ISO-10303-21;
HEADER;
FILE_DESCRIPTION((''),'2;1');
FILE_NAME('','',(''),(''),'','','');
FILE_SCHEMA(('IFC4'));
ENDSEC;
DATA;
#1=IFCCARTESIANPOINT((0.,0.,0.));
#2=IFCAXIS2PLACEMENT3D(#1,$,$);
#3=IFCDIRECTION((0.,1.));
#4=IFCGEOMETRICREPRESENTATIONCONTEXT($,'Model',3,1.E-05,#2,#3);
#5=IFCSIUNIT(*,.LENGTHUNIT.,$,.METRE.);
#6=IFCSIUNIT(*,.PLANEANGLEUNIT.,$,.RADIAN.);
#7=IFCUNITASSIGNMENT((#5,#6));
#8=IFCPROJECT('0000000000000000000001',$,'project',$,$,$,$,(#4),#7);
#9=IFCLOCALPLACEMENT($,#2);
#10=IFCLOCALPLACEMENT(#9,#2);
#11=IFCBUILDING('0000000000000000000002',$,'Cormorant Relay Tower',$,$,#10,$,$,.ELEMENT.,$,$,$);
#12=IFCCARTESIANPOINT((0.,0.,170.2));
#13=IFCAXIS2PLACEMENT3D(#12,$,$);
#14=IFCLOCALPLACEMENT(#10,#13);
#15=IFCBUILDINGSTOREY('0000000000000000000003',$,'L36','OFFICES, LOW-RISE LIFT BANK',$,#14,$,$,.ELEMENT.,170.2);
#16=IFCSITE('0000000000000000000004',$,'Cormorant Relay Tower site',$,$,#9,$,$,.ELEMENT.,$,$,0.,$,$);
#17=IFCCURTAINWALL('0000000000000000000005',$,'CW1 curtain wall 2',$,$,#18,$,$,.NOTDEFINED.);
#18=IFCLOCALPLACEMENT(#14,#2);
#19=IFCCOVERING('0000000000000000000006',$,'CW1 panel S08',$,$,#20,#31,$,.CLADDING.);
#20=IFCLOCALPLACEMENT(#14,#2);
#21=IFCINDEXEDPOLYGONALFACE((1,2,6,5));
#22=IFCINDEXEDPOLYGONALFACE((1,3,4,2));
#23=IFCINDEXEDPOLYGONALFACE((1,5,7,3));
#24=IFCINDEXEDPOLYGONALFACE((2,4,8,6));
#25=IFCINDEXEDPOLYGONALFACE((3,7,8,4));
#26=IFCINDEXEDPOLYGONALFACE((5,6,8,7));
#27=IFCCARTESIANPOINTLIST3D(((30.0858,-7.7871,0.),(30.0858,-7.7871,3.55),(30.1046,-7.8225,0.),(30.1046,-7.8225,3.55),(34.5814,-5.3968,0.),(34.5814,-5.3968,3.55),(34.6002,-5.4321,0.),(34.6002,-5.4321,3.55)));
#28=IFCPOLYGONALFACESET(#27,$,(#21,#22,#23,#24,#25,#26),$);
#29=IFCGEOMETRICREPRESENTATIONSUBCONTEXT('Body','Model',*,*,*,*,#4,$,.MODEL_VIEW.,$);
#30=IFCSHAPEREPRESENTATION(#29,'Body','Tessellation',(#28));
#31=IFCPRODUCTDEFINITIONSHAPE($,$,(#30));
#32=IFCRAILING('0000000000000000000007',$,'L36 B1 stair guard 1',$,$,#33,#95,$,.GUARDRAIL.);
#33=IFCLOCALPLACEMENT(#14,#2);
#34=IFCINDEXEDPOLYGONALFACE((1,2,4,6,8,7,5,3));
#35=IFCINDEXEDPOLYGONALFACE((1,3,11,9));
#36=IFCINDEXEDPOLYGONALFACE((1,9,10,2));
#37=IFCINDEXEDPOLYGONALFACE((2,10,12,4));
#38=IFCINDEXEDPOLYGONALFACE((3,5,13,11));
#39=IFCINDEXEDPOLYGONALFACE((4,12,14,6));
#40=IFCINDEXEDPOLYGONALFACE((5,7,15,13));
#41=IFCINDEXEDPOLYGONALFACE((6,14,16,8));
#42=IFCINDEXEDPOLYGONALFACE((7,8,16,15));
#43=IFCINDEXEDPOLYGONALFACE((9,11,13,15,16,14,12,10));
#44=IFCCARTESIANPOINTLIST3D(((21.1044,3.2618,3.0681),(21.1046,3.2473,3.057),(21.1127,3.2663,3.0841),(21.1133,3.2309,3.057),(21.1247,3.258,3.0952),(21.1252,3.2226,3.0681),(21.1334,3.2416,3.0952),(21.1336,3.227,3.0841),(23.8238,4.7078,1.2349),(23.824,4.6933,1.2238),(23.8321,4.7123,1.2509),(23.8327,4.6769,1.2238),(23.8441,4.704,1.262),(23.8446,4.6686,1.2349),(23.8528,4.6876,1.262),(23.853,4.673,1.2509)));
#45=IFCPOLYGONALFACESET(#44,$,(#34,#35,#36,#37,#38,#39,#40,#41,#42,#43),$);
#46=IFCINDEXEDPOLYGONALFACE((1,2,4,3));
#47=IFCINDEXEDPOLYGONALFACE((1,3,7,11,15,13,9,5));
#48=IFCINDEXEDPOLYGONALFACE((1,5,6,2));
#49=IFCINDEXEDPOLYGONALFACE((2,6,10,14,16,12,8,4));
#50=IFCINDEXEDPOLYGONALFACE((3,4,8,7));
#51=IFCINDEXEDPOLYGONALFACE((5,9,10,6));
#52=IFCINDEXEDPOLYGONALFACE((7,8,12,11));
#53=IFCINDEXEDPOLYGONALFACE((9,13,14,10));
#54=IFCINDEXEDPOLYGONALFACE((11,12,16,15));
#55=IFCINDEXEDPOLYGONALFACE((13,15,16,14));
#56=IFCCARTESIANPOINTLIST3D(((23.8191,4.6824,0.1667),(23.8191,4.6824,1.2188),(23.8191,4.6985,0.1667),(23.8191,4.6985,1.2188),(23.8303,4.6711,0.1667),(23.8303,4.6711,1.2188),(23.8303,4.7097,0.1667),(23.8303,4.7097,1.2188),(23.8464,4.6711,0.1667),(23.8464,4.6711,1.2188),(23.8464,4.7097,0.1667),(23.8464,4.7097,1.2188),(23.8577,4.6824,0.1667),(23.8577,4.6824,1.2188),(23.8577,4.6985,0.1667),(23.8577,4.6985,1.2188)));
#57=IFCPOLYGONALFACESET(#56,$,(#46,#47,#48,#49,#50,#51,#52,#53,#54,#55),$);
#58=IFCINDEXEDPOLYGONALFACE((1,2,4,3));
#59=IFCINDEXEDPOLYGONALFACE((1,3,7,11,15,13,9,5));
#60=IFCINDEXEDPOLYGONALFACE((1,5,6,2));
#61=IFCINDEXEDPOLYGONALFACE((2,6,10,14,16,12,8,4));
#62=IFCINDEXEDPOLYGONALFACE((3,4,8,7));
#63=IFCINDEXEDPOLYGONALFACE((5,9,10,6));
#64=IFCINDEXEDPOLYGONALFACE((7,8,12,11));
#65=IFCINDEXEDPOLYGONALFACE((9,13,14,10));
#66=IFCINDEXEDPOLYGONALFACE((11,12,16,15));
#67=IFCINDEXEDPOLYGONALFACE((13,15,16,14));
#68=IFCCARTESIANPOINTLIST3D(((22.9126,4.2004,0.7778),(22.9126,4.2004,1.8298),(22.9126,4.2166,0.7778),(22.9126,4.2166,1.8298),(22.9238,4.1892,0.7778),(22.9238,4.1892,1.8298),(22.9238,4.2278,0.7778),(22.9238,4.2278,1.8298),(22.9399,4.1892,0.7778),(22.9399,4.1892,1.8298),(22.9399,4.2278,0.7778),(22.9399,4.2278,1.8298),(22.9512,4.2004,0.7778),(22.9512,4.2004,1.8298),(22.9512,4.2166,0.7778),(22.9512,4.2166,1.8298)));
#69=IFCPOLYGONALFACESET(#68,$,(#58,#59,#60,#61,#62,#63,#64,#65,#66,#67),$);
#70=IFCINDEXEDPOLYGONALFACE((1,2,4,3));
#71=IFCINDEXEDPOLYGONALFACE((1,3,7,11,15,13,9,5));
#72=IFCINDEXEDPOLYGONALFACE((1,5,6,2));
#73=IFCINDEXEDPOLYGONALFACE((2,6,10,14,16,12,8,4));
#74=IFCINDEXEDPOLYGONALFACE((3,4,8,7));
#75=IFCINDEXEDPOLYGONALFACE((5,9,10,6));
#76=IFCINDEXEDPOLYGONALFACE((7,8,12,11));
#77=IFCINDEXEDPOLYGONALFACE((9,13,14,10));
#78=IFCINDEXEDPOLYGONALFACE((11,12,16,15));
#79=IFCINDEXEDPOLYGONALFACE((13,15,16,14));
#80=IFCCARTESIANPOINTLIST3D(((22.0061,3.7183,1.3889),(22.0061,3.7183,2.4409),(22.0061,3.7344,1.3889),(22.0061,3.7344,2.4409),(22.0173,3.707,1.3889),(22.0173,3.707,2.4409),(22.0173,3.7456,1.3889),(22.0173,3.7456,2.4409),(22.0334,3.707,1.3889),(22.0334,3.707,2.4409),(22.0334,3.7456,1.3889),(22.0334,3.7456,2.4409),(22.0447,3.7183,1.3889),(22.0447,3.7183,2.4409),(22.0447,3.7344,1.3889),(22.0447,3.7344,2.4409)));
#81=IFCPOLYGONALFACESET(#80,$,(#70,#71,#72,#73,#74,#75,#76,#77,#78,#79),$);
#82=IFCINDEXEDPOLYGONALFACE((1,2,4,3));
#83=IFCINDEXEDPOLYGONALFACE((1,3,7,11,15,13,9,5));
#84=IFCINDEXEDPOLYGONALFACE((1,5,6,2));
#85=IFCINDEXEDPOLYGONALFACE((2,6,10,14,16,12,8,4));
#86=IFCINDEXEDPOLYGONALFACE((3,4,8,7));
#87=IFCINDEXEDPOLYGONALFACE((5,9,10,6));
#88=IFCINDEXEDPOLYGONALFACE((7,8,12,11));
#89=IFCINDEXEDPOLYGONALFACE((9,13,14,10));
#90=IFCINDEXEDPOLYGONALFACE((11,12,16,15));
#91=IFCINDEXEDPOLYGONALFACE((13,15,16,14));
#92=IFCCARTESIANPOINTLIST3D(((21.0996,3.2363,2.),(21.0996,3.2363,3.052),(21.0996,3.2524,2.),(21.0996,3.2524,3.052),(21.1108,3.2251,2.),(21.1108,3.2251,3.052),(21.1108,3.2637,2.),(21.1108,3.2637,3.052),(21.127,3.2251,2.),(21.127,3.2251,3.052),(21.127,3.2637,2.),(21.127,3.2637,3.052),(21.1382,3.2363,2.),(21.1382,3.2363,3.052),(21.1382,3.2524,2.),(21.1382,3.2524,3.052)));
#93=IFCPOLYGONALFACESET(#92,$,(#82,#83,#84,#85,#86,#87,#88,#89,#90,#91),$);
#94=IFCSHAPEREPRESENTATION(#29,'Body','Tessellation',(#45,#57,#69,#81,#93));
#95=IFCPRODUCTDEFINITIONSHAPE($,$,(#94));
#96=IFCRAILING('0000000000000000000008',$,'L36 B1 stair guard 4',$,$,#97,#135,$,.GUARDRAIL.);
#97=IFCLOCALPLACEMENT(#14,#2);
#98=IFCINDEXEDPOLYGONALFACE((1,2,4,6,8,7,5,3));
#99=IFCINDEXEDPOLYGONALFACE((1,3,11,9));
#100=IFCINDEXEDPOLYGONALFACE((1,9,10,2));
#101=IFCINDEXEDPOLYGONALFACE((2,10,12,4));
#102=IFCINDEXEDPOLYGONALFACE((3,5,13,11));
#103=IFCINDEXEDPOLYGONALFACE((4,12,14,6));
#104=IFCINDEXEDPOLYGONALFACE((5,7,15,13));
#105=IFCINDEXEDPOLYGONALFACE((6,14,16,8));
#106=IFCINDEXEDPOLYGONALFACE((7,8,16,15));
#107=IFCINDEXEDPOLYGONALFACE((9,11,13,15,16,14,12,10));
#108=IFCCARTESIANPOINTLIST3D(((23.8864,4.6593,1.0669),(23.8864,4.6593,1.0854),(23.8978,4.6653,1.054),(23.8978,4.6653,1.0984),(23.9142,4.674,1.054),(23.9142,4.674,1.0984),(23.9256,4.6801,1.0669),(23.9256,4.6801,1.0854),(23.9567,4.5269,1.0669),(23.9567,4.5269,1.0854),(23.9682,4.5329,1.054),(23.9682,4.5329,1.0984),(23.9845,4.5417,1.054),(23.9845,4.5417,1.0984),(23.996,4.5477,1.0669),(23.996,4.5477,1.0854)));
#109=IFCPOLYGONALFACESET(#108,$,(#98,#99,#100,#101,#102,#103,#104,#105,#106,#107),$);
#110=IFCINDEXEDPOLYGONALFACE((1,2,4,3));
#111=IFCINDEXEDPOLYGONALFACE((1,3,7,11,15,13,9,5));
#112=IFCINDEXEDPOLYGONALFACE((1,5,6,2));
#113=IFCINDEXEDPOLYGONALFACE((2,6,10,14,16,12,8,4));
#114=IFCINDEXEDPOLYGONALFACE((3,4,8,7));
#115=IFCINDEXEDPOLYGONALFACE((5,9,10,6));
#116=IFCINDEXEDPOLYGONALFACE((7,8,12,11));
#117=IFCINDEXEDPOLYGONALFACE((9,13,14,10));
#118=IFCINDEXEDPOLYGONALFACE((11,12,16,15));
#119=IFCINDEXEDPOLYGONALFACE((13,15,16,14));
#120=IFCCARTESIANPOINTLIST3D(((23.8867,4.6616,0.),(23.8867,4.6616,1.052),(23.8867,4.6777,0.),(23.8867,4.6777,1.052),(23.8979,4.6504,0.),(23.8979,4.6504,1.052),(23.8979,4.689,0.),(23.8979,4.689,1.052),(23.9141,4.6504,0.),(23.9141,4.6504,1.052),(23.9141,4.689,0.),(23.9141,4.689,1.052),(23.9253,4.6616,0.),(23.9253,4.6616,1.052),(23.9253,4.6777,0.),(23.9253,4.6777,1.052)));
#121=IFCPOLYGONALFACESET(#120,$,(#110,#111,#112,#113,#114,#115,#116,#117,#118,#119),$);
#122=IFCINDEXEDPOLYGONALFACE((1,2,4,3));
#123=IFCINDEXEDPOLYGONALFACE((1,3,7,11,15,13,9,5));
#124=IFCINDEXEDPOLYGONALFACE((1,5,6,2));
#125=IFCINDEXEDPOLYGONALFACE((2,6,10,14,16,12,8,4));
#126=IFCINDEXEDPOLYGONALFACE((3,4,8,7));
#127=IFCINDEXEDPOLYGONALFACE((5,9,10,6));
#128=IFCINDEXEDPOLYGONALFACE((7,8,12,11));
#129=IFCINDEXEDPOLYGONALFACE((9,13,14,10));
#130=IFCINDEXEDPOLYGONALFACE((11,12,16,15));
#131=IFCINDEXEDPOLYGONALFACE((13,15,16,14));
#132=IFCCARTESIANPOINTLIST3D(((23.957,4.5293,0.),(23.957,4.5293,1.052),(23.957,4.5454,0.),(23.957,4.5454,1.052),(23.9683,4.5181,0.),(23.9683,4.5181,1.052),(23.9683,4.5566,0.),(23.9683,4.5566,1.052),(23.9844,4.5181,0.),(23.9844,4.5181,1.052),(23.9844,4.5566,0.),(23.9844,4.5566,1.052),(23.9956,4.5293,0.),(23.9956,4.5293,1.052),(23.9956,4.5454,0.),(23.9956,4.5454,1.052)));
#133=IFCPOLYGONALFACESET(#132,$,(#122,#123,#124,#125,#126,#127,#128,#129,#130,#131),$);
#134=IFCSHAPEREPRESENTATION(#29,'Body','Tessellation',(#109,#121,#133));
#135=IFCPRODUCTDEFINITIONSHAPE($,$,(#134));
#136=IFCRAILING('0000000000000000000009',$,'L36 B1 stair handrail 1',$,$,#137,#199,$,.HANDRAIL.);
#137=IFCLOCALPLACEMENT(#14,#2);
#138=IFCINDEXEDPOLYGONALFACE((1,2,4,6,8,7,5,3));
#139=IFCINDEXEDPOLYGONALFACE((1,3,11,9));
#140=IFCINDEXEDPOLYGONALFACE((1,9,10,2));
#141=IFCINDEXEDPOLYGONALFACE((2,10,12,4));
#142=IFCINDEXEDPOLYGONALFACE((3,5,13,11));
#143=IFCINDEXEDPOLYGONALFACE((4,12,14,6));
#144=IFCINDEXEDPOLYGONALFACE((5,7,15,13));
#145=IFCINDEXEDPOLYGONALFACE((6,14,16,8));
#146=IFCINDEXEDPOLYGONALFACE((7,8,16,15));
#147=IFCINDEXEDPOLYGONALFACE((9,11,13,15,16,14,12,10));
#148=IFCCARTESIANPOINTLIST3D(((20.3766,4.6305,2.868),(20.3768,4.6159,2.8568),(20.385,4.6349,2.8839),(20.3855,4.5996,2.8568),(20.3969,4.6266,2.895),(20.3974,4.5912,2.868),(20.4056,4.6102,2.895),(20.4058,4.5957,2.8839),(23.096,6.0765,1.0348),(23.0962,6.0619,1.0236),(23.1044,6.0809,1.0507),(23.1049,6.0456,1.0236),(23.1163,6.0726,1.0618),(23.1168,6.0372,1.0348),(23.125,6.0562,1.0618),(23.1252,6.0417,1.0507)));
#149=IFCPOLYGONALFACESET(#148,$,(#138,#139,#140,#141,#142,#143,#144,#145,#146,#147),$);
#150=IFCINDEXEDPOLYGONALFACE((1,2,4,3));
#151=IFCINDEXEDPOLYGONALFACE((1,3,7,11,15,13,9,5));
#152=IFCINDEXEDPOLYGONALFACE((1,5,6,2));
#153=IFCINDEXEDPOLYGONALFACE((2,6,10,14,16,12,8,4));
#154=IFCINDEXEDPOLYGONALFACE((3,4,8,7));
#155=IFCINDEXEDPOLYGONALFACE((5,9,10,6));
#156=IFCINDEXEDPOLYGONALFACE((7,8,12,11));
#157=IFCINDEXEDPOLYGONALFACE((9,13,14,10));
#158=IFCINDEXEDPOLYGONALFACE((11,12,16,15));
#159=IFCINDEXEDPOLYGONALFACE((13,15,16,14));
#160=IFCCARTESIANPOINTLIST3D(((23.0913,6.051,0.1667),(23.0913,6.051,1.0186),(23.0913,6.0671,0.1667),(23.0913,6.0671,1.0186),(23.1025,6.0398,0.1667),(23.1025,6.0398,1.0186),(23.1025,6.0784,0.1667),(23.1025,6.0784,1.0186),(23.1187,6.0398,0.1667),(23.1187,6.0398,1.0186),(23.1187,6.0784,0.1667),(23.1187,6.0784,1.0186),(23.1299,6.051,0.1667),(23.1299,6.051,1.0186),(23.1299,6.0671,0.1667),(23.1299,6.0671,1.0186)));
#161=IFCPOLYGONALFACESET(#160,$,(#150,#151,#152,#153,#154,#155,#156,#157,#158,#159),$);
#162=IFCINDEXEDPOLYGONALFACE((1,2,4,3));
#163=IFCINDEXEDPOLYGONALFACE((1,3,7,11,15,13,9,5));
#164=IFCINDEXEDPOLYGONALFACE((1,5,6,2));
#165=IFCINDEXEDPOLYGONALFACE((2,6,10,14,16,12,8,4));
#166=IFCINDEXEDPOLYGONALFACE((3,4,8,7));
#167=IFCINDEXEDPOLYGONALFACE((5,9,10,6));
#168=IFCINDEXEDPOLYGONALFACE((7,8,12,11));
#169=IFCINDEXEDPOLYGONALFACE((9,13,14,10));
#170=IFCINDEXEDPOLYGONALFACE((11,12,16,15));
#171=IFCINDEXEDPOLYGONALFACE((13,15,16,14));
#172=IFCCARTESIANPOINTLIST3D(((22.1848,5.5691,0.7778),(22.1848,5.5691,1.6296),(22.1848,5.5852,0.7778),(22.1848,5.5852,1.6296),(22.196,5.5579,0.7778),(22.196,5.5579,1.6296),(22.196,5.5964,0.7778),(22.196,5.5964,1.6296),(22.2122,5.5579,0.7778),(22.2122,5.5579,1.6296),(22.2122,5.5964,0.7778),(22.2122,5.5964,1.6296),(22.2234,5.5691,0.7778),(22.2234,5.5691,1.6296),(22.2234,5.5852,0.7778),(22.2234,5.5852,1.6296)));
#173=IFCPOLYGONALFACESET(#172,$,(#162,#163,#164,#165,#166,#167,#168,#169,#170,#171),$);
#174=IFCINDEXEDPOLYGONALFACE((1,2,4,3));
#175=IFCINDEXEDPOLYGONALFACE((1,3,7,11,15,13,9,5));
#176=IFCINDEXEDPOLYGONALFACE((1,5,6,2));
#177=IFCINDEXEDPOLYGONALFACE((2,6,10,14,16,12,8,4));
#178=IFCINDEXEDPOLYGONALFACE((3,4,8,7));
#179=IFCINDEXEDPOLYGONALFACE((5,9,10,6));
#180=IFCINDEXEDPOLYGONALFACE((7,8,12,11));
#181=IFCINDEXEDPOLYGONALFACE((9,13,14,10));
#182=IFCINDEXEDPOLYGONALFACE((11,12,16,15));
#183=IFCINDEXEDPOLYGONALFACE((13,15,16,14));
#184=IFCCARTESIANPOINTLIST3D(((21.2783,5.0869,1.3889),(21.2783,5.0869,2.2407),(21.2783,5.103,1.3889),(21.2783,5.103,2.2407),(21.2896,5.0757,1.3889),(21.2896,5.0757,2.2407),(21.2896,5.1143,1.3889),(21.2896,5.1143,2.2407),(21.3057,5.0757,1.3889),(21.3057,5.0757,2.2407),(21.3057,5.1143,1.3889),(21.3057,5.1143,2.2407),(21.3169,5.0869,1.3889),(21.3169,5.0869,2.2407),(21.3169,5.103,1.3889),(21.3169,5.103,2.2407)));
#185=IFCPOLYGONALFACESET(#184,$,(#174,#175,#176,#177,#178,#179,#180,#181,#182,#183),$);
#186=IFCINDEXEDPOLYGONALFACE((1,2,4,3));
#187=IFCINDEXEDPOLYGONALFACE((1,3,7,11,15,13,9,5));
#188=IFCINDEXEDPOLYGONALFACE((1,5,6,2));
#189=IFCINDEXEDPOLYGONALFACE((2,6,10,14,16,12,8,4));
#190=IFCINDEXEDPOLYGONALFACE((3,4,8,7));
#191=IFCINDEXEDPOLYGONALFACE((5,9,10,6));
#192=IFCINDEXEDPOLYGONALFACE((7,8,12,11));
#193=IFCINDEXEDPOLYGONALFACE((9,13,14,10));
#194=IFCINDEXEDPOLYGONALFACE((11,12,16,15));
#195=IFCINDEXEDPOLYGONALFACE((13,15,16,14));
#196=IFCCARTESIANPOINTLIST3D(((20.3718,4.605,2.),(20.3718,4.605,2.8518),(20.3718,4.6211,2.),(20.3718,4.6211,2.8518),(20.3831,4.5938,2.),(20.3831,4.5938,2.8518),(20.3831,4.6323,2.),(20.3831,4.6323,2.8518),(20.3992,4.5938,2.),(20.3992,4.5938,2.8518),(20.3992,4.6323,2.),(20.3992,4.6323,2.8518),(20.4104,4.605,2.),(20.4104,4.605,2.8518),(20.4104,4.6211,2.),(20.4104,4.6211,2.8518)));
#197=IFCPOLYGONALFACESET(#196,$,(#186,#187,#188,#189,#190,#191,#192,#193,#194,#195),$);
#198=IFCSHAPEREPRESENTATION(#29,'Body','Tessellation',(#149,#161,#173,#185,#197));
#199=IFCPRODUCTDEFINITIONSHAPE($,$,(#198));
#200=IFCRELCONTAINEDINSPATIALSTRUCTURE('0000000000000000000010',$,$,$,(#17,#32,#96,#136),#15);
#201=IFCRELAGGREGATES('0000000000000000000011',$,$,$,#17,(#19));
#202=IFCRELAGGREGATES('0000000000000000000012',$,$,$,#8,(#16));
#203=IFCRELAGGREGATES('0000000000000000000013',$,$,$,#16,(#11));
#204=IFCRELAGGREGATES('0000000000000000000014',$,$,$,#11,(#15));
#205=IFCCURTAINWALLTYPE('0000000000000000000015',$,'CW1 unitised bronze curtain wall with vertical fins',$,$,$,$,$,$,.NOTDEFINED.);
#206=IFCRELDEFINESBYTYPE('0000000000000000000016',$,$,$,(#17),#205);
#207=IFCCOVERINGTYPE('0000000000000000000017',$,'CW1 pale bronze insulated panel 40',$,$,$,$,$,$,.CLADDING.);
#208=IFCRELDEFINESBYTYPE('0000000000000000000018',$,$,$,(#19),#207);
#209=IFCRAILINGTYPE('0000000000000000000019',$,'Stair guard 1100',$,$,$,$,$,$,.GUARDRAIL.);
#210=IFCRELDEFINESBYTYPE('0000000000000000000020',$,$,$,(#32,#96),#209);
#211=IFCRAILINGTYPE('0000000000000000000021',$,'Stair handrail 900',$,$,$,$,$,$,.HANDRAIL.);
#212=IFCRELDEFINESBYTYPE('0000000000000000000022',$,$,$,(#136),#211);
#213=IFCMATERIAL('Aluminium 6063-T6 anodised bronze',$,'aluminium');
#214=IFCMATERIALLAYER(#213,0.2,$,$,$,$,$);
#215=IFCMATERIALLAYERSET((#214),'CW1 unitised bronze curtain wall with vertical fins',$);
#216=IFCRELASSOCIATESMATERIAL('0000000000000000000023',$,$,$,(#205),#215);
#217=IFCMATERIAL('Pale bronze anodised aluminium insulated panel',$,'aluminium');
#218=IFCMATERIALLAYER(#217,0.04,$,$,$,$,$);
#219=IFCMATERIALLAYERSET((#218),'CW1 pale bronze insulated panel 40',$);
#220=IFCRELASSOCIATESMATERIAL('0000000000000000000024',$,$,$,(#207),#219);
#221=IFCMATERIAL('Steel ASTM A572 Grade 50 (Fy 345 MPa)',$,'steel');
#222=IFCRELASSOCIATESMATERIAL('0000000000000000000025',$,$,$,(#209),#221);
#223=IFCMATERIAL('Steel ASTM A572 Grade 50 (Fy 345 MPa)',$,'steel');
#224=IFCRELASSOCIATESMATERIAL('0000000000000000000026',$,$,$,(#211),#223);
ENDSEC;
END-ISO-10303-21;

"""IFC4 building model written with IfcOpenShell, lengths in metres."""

from ifc_helpers import new_model, si_unit, direction, frame, origin, origin_2d, place, context, subcontext, project, spatial, polyline, rectangle, outline, extrude, material, layer, layer_set, type_object, element, aggregate, save


model = new_model("IFC4")

# Units and contexts
model_context = context("Model", 3, precision=1e-05, world=origin(), true_north=direction((0.0, 1.0)))
body_context = subcontext(model_context, "Body", "Model", "MODEL_VIEW")
ifc_project = project(units=[si_unit("LENGTHUNIT", "METRE"), si_unit("PLANEANGLEUNIT", "RADIAN")], contexts=[model_context])

# Site, building, storey
site_placement = place(None, origin())
site = spatial("IfcSite", under=ifc_project, at=site_placement, Name="Cormorant Relay Tower site", CompositionType="ELEMENT", RefElevation=0.0)
building_placement = place(site_placement, origin())
building = spatial("IfcBuilding", under=site, at=building_placement, Name="Cormorant Relay Tower", CompositionType="ELEMENT")
storey_placement = place(building_placement, frame((0.0, 0.0, 170.2)))
storey = spatial("IfcBuildingStorey", under=building, at=storey_placement, Name="L36", Description="OFFICES, LOW-RISE LIFT BANK", CompositionType="ELEMENT", Elevation=170.2)

# Curtain wall
ifc_material_1 = material(Name="Aluminium 6063-T6 anodised bronze", Category="aluminium")
ifc_layer_1 = layer(ifc_material_1, 0.2)
ifc_layer_set_1 = layer_set([ifc_layer_1], Name="CW1 unitised bronze curtain wall with vertical fins")
curtain_wall_type = type_object("IfcCurtainWallType", Name="CW1 unitised bronze curtain wall with vertical fins", PredefinedType="NOTDEFINED", material=ifc_layer_set_1)
curtain_wall_placement = place(storey_placement, origin())
curtain_wall = element("IfcCurtainWall", 1, at=curtain_wall_placement, inside=storey, type_object=curtain_wall_type, Name="CW1 curtain wall 2", PredefinedType="NOTDEFINED")

# Covering
ifc_material_2 = material(Name="Pale bronze anodised aluminium insulated panel", Category="aluminium")
ifc_layer_2 = layer(ifc_material_2, 0.04)
ifc_layer_set_2 = layer_set([ifc_layer_2], Name="CW1 pale bronze insulated panel 40")
covering_type = type_object("IfcCoveringType", Name="CW1 pale bronze insulated panel 40", PredefinedType="CLADDING", material=ifc_layer_set_2)
covering_placement = place(storey_placement, frame((32.343, -6.6096, 0.0), z_axis=(0.0, 0.0, 1.0), x_axis=(0.882948, 0.469472, 0.0)))
covering = element("IfcCovering", 2, at=covering_placement, type_object=covering_type, Name="CW1 panel S08", PredefinedType="CLADDING", context=body_context, shape_type="SweptSolid", body=[
    extrude(rectangle(XDim=5.0916, YDim=0.04, at=origin_2d()), origin(), (0.0, 0.0, 1.0), 3.55),
])
aggregate(curtain_wall, [covering])

# Railings
ifc_material_3 = material(Name="Steel ASTM A572 Grade 50 (Fy 345 MPa)", Category="steel")
railing_type_1 = type_object("IfcRailingType", Name="Stair guard 1100", PredefinedType="GUARDRAIL", material=ifc_material_3)
railing_1_placement = place(storey_placement, frame((23.8384, 4.6904, 0.1667)))
element("IfcRailing", 3, at=railing_1_placement, inside=storey, type_object=railing_type_1, Name="L36 B1 stair guard 1", PredefinedType="GUARDRAIL", context=body_context, shape_type="SweptSolid", body=[
    extrude(outline(polyline([(0.0222, 0.0093), (0.0093, 0.0222), (-0.0093, 0.0222), (-0.0222, 0.0093), (-0.0222, -0.0093), (-0.0093, -0.0222), (0.0093, -0.0222), (0.0222, -0.0093), (0.0222, 0.0093)])), frame((0.0, 0.0, 1.0762), z_axis=(-0.758714, -0.403435, 0.511463), x_axis=(0.469489, -0.882938, 0.0)), (0.0, 0.0, 1.0), 3.5842),
    extrude(outline(polyline([(0.0193, 0.0081), (0.0081, 0.0193), (-0.0081, 0.0193), (-0.0193, 0.0081), (-0.0193, -0.0081), (-0.0081, -0.0193), (0.0081, -0.0193), (0.0193, -0.0081), (0.0193, 0.0081)])), origin(), (0.0, 0.0, 1.0), 1.052),
    extrude(outline(polyline([(0.0193, 0.0081), (0.0081, 0.0193), (-0.0081, 0.0193), (-0.0193, 0.0081), (-0.0193, -0.0081), (-0.0081, -0.0193), (0.0081, -0.0193), (0.0193, -0.0081), (0.0193, 0.0081)])), frame((-0.9065, -0.4819, 0.6111)), (0.0, 0.0, 1.0), 1.052),
    extrude(outline(polyline([(0.0193, 0.0081), (0.0081, 0.0193), (-0.0081, 0.0193), (-0.0193, 0.0081), (-0.0193, -0.0081), (-0.0081, -0.0193), (0.0081, -0.0193), (0.0193, -0.0081), (0.0193, 0.0081)])), frame((-1.813, -0.9641, 1.2222)), (0.0, 0.0, 1.0), 1.052),
    extrude(outline(polyline([(0.0193, 0.0081), (0.0081, 0.0193), (-0.0081, 0.0193), (-0.0193, 0.0081), (-0.0193, -0.0081), (-0.0081, -0.0193), (0.0081, -0.0193), (0.0193, -0.0081), (0.0193, 0.0081)])), frame((-2.7195, -1.446, 1.8333)), (0.0, 0.0, 1.0), 1.052),
])
railing_2_placement = place(storey_placement, frame((23.906, 4.6697, 0.0)))
element("IfcRailing", 4, at=railing_2_placement, inside=storey, type_object=railing_type_1, Name="L36 B1 stair guard 4", PredefinedType="GUARDRAIL", context=body_context, shape_type="SweptSolid", body=[
    extrude(outline(polyline([(0.0222, 0.0093), (0.0093, 0.0222), (-0.0093, 0.0222), (-0.0222, 0.0093), (-0.0222, -0.0093), (-0.0093, -0.0222), (0.0093, -0.0222), (0.0222, -0.0093), (0.0222, 0.0093)])), frame((0.0, 0.0, 1.0762), z_axis=(0.469235, -0.883074, 0.0), x_axis=(0.883074, 0.469235, 0.0)), (0.0, 0.0, 1.0), 0.1499),
    extrude(outline(polyline([(0.0193, 0.0081), (0.0081, 0.0193), (-0.0081, 0.0193), (-0.0193, 0.0081), (-0.0193, -0.0081), (-0.0081, -0.0193), (0.0081, -0.0193), (0.0193, -0.0081), (0.0193, 0.0081)])), origin(), (0.0, 0.0, 1.0), 1.052),
    extrude(outline(polyline([(0.0193, 0.0081), (0.0081, 0.0193), (-0.0081, 0.0193), (-0.0193, 0.0081), (-0.0193, -0.0081), (-0.0081, -0.0193), (0.0081, -0.0193), (0.0193, -0.0081), (0.0193, 0.0081)])), frame((0.0703, -0.1323, 0.0)), (0.0, 0.0, 1.0), 1.052),
])
ifc_material_4 = material(Name="Steel ASTM A572 Grade 50 (Fy 345 MPa)", Category="steel")
railing_type_2 = type_object("IfcRailingType", Name="Stair handrail 900", PredefinedType="HANDRAIL", material=ifc_material_4)
railing_3_placement = place(storey_placement, frame((23.1106, 6.0591, 0.1667)))
element("IfcRailing", 5, at=railing_3_placement, inside=storey, type_object=railing_type_2, Name="L36 B1 stair handrail 1", PredefinedType="HANDRAIL", context=body_context, shape_type="SweptSolid", body=[
    extrude(outline(polyline([(0.0222, 0.0093), (0.0093, 0.0222), (-0.0093, 0.0222), (-0.0222, 0.0093), (-0.0222, -0.0093), (-0.0093, -0.0222), (0.0093, -0.0222), (0.0222, -0.0093), (0.0222, 0.0093)])), frame((0.0, 0.0, 0.876), z_axis=(-0.758714, -0.403435, 0.511463), x_axis=(0.469489, -0.882938, 0.0)), (0.0, 0.0, 1.0), 3.5842),
    extrude(outline(polyline([(0.0193, 0.0081), (0.0081, 0.0193), (-0.0081, 0.0193), (-0.0193, 0.0081), (-0.0193, -0.0081), (-0.0081, -0.0193), (0.0081, -0.0193), (0.0193, -0.0081), (0.0193, 0.0081)])), origin(), (0.0, 0.0, 1.0), 0.8518),
    extrude(outline(polyline([(0.0193, 0.0081), (0.0081, 0.0193), (-0.0081, 0.0193), (-0.0193, 0.0081), (-0.0193, -0.0081), (-0.0081, -0.0193), (0.0081, -0.0193), (0.0193, -0.0081), (0.0193, 0.0081)])), frame((-0.9065, -0.4819, 0.6111)), (0.0, 0.0, 1.0), 0.8518),
    extrude(outline(polyline([(0.0193, 0.0081), (0.0081, 0.0193), (-0.0081, 0.0193), (-0.0193, 0.0081), (-0.0193, -0.0081), (-0.0081, -0.0193), (0.0081, -0.0193), (0.0193, -0.0081), (0.0193, 0.0081)])), frame((-1.813, -0.9641, 1.2222)), (0.0, 0.0, 1.0), 0.8518),
    extrude(outline(polyline([(0.0193, 0.0081), (0.0081, 0.0193), (-0.0081, 0.0193), (-0.0193, 0.0081), (-0.0193, -0.0081), (-0.0081, -0.0193), (0.0081, -0.0193), (0.0193, -0.0081), (0.0193, 0.0081)])), frame((-2.7195, -1.446, 1.8333)), (0.0, 0.0, 1.0), 0.8518),
])

save(model, "model.ifc")
